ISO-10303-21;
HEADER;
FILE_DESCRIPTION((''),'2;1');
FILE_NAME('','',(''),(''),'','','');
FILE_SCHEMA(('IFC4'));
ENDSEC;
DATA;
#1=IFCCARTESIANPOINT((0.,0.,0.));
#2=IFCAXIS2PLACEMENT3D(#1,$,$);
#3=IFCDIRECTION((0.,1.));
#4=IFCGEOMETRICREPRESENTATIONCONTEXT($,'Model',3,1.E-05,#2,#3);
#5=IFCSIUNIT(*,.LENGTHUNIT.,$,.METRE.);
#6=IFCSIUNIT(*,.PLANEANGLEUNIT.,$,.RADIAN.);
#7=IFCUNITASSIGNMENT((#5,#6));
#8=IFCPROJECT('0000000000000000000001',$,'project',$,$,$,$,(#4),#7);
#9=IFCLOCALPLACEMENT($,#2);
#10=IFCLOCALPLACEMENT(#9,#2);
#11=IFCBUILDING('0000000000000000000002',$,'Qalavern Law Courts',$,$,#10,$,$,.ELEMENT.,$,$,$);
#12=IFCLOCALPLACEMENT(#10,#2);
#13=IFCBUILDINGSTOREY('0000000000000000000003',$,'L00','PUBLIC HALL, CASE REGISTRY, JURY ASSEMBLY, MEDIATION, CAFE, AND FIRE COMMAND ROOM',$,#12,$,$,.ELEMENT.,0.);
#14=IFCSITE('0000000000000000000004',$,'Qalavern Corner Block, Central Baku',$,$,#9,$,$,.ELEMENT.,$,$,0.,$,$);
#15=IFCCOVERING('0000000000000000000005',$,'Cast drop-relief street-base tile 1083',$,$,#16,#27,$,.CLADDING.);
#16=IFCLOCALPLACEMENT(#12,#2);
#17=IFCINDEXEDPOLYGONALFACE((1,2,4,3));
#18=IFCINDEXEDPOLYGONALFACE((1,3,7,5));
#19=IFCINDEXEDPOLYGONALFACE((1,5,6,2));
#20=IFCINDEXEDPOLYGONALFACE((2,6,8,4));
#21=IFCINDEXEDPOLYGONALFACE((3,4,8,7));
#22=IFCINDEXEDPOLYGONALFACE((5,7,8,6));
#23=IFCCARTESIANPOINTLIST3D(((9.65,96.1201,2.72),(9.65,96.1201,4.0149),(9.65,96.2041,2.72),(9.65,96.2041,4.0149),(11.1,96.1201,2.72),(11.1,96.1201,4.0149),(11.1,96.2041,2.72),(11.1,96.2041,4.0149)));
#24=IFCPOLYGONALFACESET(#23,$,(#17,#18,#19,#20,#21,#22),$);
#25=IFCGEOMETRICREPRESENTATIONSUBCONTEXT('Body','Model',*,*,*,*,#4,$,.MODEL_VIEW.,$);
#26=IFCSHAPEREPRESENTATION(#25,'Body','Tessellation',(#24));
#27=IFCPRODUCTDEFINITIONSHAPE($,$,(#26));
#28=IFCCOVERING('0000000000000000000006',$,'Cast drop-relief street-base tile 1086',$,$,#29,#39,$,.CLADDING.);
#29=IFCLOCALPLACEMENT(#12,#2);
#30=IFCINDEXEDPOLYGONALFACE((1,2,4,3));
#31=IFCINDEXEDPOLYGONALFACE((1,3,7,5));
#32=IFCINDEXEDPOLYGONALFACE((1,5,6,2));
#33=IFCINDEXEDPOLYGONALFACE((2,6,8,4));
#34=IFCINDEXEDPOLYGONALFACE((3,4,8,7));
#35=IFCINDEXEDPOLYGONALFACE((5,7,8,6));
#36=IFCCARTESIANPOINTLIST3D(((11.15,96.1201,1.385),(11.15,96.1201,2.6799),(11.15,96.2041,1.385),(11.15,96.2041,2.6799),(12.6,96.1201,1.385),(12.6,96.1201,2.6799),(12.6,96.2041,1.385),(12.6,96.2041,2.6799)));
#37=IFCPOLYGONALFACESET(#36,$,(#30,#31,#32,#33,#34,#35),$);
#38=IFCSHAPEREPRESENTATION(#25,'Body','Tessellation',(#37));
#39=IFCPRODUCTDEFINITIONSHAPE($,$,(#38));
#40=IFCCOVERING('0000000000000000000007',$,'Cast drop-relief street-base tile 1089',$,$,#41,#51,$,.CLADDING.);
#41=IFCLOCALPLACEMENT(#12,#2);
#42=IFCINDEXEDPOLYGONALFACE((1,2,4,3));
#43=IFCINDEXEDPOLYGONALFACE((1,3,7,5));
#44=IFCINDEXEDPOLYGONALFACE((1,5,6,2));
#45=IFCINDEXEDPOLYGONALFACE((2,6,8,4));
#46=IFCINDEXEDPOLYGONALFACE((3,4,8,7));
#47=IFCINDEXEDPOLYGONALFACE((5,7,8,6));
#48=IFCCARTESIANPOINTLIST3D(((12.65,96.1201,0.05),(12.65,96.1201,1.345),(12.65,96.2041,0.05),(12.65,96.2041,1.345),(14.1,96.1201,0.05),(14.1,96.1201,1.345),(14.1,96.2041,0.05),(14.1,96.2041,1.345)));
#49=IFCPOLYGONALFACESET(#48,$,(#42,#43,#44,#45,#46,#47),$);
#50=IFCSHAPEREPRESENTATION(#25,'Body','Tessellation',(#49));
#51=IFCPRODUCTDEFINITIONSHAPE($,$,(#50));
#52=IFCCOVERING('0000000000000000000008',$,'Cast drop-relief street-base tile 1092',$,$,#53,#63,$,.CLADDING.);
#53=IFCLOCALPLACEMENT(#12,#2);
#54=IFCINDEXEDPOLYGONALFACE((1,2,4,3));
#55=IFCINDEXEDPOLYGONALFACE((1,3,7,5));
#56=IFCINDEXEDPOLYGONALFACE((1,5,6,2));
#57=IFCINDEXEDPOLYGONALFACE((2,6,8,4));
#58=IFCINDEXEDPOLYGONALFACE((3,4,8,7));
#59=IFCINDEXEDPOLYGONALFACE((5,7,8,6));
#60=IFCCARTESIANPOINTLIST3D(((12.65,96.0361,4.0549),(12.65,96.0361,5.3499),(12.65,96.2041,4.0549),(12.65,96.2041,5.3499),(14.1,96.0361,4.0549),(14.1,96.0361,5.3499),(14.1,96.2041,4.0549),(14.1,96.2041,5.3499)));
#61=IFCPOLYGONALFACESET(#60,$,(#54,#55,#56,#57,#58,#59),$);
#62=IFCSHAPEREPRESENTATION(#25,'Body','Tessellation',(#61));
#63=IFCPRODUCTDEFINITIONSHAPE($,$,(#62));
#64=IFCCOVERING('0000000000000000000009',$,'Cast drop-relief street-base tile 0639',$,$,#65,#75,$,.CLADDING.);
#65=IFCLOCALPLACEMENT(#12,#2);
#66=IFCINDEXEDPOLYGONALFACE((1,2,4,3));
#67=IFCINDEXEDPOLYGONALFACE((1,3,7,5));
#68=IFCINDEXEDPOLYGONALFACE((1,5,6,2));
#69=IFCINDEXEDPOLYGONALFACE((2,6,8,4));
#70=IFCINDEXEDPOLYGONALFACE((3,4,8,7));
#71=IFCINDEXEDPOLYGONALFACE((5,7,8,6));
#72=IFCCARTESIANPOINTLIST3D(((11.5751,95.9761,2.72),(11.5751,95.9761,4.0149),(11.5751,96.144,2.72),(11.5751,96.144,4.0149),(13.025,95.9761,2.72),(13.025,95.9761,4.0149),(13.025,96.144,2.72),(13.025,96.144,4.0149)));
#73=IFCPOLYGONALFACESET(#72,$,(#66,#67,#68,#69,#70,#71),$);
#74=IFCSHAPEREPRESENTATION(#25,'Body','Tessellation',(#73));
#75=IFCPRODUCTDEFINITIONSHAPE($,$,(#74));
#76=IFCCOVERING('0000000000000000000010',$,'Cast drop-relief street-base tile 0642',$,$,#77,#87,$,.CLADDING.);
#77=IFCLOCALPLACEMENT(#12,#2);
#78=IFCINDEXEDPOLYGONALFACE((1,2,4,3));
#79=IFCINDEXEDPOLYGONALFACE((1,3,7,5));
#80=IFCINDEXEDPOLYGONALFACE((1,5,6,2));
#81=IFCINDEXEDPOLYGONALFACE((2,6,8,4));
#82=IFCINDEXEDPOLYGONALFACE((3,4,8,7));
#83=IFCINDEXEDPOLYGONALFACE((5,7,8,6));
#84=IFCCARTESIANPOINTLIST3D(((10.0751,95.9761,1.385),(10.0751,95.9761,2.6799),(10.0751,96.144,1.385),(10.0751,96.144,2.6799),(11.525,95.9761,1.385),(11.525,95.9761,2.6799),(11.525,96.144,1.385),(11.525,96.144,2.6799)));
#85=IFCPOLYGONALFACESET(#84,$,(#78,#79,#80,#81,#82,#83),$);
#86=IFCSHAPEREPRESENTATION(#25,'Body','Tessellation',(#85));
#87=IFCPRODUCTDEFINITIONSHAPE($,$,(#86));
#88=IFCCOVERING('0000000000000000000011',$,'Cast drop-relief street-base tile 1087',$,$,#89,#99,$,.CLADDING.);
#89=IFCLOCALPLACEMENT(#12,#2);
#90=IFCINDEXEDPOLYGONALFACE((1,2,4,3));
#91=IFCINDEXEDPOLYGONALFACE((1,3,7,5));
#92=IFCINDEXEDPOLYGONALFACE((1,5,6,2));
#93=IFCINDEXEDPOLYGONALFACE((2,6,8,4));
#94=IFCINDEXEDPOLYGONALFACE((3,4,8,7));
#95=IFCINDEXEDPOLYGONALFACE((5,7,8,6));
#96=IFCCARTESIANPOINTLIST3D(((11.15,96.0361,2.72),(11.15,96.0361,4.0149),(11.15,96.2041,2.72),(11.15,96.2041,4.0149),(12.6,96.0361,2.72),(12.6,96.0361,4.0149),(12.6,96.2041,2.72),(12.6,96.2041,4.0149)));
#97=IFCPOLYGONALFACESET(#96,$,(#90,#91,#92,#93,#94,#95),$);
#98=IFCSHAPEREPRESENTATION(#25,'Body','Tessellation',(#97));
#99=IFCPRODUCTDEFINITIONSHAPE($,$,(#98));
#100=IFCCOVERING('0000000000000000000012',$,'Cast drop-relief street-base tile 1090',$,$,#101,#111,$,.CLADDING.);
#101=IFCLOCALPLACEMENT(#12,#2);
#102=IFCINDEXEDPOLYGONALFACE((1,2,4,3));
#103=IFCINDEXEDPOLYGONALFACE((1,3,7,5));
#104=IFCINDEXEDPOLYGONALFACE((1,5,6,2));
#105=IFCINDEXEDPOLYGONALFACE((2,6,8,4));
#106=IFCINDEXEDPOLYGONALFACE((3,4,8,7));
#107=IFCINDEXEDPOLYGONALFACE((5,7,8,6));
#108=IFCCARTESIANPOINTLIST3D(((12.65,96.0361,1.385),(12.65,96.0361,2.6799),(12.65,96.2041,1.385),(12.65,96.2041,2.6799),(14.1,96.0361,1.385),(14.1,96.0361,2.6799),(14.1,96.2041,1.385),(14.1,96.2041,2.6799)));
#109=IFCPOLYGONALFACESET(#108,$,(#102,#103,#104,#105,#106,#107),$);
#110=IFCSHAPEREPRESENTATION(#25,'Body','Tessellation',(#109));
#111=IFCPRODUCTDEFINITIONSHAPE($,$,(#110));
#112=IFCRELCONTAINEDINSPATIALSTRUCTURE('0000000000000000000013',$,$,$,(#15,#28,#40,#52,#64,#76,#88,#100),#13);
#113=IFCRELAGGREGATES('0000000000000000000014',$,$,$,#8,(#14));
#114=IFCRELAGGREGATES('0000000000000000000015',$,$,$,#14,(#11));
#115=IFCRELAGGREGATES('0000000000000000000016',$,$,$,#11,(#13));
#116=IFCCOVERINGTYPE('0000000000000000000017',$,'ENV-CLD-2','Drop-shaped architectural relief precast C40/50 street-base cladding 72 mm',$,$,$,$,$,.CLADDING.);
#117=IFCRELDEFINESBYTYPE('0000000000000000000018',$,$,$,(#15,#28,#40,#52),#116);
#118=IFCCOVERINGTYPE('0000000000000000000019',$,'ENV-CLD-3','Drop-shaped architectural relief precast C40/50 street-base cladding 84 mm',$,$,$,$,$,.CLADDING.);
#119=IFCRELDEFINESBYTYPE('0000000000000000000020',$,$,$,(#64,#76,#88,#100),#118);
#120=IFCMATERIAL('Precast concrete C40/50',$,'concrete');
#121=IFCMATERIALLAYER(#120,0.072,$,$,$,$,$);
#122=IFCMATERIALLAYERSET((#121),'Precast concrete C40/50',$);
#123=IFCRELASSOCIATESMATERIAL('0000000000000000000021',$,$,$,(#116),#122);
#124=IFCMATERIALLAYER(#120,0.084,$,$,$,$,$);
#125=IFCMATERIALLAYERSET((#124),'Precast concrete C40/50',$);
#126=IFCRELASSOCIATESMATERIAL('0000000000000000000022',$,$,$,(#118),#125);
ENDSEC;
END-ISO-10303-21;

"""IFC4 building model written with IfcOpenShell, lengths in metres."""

from ifc_helpers import new_model, si_unit, direction, frame, origin, origin_2d, place, context, subcontext, project, spatial, rectangle, extrude, material, layer, layer_set, type_object, element, save


model = new_model("IFC4")

# Units and contexts
model_context = context("Model", 3, precision=1e-05, world=origin(), true_north=direction((0.0, 1.0)))
body_context = subcontext(model_context, "Body", "Model", "MODEL_VIEW")
ifc_project = project(units=[si_unit("LENGTHUNIT", "METRE"), si_unit("PLANEANGLEUNIT", "RADIAN")], contexts=[model_context])

# Site, building, storey
site_placement = place(None, origin())
site = spatial("IfcSite", under=ifc_project, at=site_placement, Name="Qalavern Corner Block, Central Baku", CompositionType="ELEMENT", RefElevation=0.0)
building_placement = place(site_placement, origin())
building = spatial("IfcBuilding", under=site, at=building_placement, Name="Qalavern Law Courts", CompositionType="ELEMENT")
storey_placement = place(building_placement, origin())
storey = spatial("IfcBuildingStorey", under=building, at=storey_placement, Name="L00", Description="PUBLIC HALL, CASE REGISTRY, JURY ASSEMBLY, MEDIATION, CAFE, AND FIRE COMMAND ROOM", CompositionType="ELEMENT", Elevation=0.0)

# Coverings
ifc_material_1 = material(Name="Precast concrete C40/50", Category="concrete")
ifc_layer_1 = layer(ifc_material_1, 0.072)
ifc_layer_set_1 = layer_set([ifc_layer_1], Name="Precast concrete C40/50")
covering_type_1 = type_object("IfcCoveringType", Name="ENV-CLD-2", Description="Drop-shaped architectural relief precast C40/50 street-base cladding 72 mm", PredefinedType="CLADDING", material=ifc_layer_set_1)
for number, where, z_axis, x_axis, name in (
    (1, (10.375, 96.1621, 2.72), (0.0, 0.0, 1.0), (1.0, 0.0, 0.0), "Cast drop-relief street-base tile 1083"),
    (2, (11.875, 96.1621, 1.385), (0.0, 0.0, 1.0), (1.0, 0.0, 0.0), "Cast drop-relief street-base tile 1086"),
    (3, (13.375, 96.1621, 0.05), (0.0, 0.0, 1.0), (1.0, 0.0, 0.0), "Cast drop-relief street-base tile 1089"),
):
    element("IfcCovering", number, at=place(storey_placement, frame(where, z_axis=z_axis, x_axis=x_axis)), inside=storey, type_object=covering_type_1, Name=name, PredefinedType="CLADDING", context=body_context, shape_type="SweptSolid", body=[
        extrude(rectangle(XDim=1.45, YDim=0.084, at=origin_2d()), origin(), (0.0, 0.0, 1.0), 1.2949),
    ])
covering_1_placement = place(storey_placement, frame((13.375, 96.1201, 4.0549), z_axis=(0.0, 0.0, 1.0), x_axis=(1.0, 0.0, 0.0)))
element("IfcCovering", 4, at=covering_1_placement, inside=storey, type_object=covering_type_1, Name="Cast drop-relief street-base tile 1092", PredefinedType="CLADDING", context=body_context, shape_type="SweptSolid", body=[
    extrude(rectangle(XDim=1.45, YDim=0.168, at=origin_2d()), origin(), (0.0, 0.0, 1.0), 1.2949),
])
ifc_layer_2 = layer(ifc_material_1, 0.084)
ifc_layer_set_2 = layer_set([ifc_layer_2], Name="Precast concrete C40/50")
covering_type_2 = type_object("IfcCoveringType", Name="ENV-CLD-3", Description="Drop-shaped architectural relief precast C40/50 street-base cladding 84 mm", PredefinedType="CLADDING", material=ifc_layer_set_2)
for number, where, z_axis, x_axis, name in (
    (5, (12.3, 96.0601, 2.72), (0.0, 0.0, 1.0), (-1.0, 0.0, 0.0), "Cast drop-relief street-base tile 0639"),
    (6, (10.8, 96.0601, 1.385), (0.0, 0.0, 1.0), (-1.0, 0.0, 0.0), "Cast drop-relief street-base tile 0642"),
    (7, (11.875, 96.1201, 2.72), (0.0, 0.0, 1.0), (1.0, 0.0, 0.0), "Cast drop-relief street-base tile 1087"),
    (8, (13.375, 96.1201, 1.385), (0.0, 0.0, 1.0), (1.0, 0.0, 0.0), "Cast drop-relief street-base tile 1090"),
):
    element("IfcCovering", number, at=place(storey_placement, frame(where, z_axis=z_axis, x_axis=x_axis)), inside=storey, type_object=covering_type_2, Name=name, PredefinedType="CLADDING", context=body_context, shape_type="SweptSolid", body=[
        extrude(rectangle(XDim=1.45, YDim=0.168, at=origin_2d()), origin(), (0.0, 0.0, 1.0), 1.2949),
    ])

save(model, "model.ifc")
